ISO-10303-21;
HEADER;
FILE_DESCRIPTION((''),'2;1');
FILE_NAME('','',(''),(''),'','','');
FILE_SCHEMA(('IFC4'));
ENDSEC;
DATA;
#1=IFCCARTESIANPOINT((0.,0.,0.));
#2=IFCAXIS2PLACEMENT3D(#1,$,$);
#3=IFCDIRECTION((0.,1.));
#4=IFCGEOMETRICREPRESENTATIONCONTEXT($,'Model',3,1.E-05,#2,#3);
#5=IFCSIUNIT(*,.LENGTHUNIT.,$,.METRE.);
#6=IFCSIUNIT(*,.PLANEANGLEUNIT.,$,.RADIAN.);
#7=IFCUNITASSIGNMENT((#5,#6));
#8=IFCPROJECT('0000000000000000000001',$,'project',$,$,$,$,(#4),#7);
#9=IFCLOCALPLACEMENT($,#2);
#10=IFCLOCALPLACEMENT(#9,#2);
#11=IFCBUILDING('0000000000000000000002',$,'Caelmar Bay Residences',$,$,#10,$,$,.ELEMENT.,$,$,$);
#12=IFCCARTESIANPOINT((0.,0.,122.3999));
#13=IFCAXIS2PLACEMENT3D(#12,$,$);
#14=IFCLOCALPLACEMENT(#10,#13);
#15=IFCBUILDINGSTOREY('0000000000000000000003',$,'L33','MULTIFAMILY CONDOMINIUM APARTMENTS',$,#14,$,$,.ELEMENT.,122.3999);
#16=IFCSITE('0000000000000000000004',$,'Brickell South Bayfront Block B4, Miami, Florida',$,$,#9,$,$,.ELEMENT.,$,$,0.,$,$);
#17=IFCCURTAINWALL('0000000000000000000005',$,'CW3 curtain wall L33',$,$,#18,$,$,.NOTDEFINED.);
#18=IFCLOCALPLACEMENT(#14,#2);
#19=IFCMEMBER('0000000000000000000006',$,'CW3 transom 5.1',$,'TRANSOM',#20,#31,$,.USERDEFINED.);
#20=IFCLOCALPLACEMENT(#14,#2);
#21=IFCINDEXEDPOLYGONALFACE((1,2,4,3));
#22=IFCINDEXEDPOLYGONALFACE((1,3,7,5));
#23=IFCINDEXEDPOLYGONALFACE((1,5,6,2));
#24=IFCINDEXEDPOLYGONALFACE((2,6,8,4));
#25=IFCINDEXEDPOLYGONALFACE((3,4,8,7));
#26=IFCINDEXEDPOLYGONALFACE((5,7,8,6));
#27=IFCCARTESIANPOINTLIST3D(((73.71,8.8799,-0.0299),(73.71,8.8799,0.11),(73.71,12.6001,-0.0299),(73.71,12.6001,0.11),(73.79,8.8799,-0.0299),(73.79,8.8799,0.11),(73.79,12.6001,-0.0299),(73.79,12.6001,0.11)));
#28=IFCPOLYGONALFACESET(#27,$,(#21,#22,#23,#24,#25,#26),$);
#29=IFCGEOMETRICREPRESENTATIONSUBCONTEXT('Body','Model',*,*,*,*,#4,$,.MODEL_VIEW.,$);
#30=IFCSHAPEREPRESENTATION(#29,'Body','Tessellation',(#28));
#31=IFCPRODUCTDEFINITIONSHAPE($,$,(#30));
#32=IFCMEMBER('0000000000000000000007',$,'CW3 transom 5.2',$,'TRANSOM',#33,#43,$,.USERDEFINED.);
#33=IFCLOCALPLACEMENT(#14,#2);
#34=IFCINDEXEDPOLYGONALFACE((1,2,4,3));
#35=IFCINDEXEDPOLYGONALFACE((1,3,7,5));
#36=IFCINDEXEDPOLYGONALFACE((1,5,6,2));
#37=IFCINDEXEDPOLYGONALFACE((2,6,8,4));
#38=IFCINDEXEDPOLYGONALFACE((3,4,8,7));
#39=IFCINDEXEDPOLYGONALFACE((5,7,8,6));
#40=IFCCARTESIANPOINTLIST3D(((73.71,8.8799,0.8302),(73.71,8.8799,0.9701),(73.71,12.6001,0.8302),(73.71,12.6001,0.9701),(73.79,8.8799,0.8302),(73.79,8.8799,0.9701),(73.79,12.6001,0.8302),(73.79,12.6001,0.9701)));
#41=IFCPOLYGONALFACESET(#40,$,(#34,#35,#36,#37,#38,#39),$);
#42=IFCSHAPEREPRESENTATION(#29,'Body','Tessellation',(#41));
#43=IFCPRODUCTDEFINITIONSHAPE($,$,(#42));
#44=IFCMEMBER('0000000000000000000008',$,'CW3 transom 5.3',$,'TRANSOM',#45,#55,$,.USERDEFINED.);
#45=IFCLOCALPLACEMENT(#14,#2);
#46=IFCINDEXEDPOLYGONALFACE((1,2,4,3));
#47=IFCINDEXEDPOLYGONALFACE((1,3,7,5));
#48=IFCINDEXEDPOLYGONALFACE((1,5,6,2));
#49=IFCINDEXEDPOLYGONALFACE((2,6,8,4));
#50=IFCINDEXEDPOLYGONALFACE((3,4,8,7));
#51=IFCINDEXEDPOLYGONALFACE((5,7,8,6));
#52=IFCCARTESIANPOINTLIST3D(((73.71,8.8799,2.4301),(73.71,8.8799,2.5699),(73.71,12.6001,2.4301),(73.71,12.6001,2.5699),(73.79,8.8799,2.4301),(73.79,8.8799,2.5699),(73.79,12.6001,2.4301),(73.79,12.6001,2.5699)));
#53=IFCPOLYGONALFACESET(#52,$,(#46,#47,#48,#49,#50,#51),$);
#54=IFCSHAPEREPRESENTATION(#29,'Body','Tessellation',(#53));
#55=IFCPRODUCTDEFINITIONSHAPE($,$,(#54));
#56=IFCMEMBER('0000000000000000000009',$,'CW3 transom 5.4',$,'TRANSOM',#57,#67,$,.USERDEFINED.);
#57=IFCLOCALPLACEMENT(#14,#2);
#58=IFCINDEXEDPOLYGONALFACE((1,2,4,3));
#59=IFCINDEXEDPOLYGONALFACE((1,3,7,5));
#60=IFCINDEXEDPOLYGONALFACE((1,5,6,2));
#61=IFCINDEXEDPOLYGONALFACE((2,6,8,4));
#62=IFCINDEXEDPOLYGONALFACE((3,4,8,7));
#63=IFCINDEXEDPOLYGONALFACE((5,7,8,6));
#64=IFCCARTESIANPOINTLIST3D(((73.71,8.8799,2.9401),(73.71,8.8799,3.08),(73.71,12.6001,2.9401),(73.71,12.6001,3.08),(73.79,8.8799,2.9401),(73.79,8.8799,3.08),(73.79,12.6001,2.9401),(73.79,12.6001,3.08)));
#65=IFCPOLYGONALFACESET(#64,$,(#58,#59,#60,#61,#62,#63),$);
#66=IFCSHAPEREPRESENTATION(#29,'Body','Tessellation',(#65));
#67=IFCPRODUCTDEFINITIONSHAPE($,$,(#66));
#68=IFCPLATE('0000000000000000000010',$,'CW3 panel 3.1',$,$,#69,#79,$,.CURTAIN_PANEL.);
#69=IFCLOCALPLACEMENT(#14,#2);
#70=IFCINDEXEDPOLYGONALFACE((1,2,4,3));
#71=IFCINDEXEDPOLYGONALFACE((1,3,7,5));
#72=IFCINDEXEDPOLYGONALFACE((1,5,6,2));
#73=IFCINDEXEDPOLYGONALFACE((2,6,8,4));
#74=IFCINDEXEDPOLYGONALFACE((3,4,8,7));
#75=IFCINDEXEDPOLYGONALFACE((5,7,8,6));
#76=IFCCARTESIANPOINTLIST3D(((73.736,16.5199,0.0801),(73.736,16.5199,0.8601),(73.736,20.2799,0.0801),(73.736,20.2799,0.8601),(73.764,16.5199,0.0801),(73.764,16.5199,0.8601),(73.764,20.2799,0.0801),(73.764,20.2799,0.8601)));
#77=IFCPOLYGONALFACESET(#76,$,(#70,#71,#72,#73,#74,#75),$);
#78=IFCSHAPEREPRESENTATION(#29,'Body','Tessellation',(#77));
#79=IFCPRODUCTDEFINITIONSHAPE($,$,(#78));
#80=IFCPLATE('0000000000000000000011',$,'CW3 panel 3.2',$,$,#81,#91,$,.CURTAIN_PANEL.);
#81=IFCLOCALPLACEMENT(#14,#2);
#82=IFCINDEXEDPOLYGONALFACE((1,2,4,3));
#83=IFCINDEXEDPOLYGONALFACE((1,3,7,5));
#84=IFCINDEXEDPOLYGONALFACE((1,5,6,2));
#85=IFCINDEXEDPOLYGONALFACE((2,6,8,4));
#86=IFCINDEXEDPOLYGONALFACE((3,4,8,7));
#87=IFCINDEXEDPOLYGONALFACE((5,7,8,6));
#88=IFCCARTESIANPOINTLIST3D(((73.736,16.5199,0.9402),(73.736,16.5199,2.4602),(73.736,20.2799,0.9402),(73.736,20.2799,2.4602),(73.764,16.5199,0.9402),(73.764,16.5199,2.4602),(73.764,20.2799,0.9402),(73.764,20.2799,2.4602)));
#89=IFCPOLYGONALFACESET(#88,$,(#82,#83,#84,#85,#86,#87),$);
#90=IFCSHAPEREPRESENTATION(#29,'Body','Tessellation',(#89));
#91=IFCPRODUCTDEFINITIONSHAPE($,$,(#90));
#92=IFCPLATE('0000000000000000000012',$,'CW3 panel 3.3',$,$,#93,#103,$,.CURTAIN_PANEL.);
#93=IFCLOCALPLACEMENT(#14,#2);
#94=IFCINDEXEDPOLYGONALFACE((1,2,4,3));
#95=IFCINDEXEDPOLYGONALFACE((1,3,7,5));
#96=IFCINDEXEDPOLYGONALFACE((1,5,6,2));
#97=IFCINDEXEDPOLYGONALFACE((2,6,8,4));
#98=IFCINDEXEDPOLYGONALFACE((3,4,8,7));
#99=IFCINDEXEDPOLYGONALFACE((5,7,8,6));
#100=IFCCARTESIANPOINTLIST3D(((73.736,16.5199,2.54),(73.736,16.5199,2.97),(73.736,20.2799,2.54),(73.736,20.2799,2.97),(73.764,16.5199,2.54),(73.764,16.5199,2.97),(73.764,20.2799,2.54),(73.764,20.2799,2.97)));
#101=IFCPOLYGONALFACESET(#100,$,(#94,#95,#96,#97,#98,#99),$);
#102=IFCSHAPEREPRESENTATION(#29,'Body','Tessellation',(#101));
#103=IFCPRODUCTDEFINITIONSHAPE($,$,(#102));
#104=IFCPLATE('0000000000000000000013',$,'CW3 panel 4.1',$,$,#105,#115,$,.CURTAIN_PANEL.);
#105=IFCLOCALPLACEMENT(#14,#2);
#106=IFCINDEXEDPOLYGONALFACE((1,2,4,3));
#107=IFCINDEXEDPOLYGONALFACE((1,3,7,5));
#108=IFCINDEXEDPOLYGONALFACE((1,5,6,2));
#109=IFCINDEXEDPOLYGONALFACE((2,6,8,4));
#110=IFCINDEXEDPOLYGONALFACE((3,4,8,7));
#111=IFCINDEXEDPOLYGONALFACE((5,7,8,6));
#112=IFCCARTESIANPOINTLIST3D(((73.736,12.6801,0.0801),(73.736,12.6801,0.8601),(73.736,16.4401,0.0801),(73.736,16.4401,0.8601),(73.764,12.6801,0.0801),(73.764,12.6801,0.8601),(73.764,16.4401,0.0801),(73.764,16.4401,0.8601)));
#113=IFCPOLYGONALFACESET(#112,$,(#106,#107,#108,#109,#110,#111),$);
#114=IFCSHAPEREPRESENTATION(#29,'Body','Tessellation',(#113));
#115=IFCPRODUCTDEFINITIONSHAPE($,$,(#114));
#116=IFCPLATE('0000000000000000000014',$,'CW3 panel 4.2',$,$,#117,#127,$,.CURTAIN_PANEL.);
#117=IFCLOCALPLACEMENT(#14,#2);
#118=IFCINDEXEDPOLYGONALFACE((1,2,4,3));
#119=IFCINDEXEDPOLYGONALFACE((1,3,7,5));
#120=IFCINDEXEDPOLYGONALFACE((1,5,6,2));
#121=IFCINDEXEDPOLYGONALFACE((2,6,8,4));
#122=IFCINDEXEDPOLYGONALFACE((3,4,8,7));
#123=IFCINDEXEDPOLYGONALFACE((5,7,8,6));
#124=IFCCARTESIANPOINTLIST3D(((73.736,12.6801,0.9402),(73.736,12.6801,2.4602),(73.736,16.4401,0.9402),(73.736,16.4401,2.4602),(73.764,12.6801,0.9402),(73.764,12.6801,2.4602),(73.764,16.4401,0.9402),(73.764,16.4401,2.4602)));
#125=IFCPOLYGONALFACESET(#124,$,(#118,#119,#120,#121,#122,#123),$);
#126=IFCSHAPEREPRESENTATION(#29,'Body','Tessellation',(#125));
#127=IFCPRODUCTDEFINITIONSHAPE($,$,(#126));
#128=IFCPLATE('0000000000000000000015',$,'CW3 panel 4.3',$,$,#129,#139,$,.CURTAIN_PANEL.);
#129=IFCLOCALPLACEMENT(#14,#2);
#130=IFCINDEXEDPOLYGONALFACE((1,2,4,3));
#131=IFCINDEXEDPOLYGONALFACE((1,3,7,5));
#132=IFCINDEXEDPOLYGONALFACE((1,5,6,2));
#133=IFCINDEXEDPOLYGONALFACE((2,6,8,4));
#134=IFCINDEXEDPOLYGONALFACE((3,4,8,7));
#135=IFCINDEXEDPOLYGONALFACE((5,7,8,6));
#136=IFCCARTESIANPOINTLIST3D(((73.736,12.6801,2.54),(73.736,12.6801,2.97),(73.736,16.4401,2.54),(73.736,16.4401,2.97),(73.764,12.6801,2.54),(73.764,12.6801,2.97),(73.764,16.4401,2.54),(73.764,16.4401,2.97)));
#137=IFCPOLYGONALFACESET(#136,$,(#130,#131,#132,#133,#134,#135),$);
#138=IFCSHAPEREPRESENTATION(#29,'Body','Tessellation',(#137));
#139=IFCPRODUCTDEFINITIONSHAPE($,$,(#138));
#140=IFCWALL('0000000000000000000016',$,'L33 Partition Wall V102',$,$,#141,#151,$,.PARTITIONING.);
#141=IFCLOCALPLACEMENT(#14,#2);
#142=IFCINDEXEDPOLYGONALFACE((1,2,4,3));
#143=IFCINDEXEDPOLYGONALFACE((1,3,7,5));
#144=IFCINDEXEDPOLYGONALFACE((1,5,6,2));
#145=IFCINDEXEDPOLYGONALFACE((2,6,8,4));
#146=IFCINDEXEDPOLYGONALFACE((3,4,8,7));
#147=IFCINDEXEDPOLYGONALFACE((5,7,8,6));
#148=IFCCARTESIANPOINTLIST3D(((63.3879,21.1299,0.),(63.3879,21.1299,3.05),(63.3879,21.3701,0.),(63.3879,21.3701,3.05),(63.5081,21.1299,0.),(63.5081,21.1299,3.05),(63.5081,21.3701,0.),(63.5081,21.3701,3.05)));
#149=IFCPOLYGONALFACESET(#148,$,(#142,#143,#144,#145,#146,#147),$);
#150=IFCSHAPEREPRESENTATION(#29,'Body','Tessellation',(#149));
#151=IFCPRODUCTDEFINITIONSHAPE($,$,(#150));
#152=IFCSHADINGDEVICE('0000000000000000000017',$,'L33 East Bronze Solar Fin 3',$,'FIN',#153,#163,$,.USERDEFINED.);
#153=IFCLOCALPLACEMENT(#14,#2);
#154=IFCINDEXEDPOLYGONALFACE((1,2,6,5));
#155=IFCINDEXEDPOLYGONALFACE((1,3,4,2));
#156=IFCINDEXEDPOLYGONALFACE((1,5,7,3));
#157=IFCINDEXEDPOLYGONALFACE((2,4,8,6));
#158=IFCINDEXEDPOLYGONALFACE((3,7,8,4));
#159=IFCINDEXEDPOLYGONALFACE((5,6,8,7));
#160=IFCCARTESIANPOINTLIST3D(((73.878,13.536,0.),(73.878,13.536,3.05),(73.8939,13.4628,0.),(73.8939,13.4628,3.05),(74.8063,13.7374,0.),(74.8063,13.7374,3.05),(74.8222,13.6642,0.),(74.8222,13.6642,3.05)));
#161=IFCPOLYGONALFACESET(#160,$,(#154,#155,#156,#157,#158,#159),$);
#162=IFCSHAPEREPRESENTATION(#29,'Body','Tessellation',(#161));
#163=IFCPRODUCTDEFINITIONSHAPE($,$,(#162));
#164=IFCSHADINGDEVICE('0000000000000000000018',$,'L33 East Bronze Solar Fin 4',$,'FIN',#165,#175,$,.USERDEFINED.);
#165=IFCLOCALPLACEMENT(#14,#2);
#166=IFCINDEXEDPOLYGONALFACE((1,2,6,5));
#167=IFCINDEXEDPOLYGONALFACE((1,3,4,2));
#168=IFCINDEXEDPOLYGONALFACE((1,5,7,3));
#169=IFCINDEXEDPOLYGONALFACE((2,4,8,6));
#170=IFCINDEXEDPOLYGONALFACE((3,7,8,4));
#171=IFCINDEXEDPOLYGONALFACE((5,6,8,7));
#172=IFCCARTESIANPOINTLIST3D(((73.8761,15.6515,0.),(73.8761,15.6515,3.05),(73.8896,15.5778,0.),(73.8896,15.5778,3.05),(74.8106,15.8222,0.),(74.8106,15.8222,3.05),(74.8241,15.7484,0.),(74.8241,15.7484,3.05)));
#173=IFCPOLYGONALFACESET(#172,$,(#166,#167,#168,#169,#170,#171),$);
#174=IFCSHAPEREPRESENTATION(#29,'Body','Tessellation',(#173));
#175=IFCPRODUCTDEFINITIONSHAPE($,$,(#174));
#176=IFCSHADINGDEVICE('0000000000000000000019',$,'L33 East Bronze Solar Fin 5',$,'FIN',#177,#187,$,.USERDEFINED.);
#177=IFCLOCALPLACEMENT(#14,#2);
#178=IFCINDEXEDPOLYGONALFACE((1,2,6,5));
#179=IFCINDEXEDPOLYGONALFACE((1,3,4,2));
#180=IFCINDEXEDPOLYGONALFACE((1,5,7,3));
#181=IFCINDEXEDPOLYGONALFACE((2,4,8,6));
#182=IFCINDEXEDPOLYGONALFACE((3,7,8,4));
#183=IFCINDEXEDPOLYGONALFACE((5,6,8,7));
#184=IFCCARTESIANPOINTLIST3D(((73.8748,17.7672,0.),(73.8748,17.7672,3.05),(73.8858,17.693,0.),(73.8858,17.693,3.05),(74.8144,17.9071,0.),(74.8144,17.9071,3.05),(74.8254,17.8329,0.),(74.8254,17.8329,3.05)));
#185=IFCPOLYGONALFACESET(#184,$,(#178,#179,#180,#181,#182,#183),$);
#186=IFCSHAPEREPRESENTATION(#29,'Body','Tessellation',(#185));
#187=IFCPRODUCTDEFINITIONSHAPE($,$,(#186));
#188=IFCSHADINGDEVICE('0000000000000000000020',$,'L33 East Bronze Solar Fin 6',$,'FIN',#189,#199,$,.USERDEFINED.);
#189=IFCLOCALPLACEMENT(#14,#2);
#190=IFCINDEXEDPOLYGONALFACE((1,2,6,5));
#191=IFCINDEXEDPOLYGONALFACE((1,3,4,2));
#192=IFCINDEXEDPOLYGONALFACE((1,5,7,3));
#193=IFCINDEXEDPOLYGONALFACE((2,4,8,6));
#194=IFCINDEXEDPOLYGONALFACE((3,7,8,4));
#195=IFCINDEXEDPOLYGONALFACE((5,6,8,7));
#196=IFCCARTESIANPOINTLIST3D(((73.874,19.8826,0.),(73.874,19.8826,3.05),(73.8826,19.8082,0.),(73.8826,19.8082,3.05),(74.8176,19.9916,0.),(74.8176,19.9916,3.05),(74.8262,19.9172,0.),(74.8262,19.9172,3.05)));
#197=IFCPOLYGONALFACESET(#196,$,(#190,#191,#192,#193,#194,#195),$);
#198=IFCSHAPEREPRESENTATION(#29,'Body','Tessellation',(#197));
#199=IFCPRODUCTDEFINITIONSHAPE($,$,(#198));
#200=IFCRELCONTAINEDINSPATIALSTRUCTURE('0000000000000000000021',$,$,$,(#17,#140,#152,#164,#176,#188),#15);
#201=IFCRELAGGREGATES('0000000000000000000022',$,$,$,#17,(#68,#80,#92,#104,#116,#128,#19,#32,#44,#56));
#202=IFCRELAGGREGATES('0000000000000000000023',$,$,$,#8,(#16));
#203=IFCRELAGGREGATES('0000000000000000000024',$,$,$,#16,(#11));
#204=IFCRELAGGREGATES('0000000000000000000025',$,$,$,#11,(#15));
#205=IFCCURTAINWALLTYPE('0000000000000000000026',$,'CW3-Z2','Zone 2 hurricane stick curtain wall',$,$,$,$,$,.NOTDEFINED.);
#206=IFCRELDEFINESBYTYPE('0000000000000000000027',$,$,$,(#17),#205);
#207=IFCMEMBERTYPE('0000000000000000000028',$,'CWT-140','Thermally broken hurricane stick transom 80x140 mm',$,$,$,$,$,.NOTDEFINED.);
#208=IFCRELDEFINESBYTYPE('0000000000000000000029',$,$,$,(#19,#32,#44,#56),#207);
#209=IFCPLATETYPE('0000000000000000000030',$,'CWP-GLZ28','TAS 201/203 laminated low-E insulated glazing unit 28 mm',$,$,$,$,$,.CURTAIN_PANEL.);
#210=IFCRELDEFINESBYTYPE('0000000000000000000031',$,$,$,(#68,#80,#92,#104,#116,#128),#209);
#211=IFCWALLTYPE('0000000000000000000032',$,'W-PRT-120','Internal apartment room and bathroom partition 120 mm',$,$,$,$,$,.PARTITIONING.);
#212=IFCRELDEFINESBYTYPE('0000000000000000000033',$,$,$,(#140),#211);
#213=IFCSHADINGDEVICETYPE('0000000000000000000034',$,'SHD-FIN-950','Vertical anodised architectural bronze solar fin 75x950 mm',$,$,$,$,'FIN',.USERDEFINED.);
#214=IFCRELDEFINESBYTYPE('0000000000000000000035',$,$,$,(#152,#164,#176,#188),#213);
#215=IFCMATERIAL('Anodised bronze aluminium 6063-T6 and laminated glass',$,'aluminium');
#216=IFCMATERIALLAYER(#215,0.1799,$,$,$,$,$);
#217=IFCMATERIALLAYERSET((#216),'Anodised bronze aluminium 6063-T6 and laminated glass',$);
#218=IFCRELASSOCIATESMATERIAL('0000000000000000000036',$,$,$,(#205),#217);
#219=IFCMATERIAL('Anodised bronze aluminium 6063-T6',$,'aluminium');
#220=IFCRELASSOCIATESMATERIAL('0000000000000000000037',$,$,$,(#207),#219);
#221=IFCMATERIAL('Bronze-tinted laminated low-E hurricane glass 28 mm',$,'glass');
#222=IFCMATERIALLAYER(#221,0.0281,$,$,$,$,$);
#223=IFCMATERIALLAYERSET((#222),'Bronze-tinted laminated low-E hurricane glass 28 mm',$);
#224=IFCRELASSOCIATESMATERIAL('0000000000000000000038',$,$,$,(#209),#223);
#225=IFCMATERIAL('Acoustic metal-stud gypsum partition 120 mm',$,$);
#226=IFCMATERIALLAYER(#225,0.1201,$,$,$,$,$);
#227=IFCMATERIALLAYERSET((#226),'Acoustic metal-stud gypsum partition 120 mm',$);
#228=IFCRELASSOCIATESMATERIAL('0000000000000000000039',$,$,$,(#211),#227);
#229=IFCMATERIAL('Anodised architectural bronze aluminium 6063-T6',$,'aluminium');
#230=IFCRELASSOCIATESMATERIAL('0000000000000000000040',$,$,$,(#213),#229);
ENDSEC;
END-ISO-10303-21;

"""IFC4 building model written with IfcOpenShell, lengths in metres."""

from ifc_helpers import new_model, si_unit, direction, frame, frame_2d, origin, origin_2d, place, context, subcontext, project, spatial, rectangle, extrude, material, layer, layer_set, material_profile, profile_set, type_object, element, aggregate, save


model = new_model("IFC4")

# Units and contexts
model_context = context("Model", 3, precision=1e-05, world=origin(), true_north=direction((0.0, 1.0)))
body_context = subcontext(model_context, "Body", "Model", "MODEL_VIEW")
ifc_project = project(units=[si_unit("LENGTHUNIT", "METRE"), si_unit("PLANEANGLEUNIT", "RADIAN")], contexts=[model_context])

# Site, building, storey
site_placement = place(None, origin())
site = spatial("IfcSite", under=ifc_project, at=site_placement, Name="Brickell South Bayfront Block B4, Miami, Florida", CompositionType="ELEMENT", RefElevation=0.0)
building_placement = place(site_placement, origin())
building = spatial("IfcBuilding", under=site, at=building_placement, Name="Caelmar Bay Residences", CompositionType="ELEMENT")
storey_placement = place(building_placement, frame((0.0, 0.0, 122.3999)))
storey = spatial("IfcBuildingStorey", under=building, at=storey_placement, Name="L33", Description="MULTIFAMILY CONDOMINIUM APARTMENTS", CompositionType="ELEMENT", Elevation=122.3999)

# Curtain wall, members, plates
ifc_material_1 = material(Name="Anodised bronze aluminium 6063-T6 and laminated glass", Category="aluminium")
ifc_layer_1 = layer(ifc_material_1, 0.1799)
ifc_layer_set_1 = layer_set([ifc_layer_1], Name="Anodised bronze aluminium 6063-T6 and laminated glass")
curtain_wall_type = type_object("IfcCurtainWallType", Name="CW3-Z2", Description="Zone 2 hurricane stick curtain wall", PredefinedType="NOTDEFINED", material=ifc_layer_set_1)
curtain_wall_placement = place(storey_placement, origin())
curtain_wall = element("IfcCurtainWall", 1, at=curtain_wall_placement, inside=storey, type_object=curtain_wall_type, Name="CW3 curtain wall L33", PredefinedType="NOTDEFINED")
ifc_material_2 = material(Name="Anodised bronze aluminium 6063-T6", Category="aluminium")
ifc_material_profile_1 = material_profile(ifc_material_2, rectangle(XDim=0.0801, YDim=0.1399, at=origin_2d()), Name="CWT-80X140")
ifc_profile_set_1 = profile_set([ifc_material_profile_1], Name="Anodised bronze aluminium 6063-T6")
member_type_1 = type_object("IfcMemberType", Name="CWT-140", Description="Thermally broken hurricane stick transom 80x140 mm", PredefinedType="NOTDEFINED", material=ifc_profile_set_1)
member_1_placement = place(storey_placement, frame((73.75, 12.6001, 0.04), z_axis=(0.0, -1.0, 0.0), x_axis=(1.0, 0.0, 0.0)))
member_1 = element("IfcMember", 2, at=member_1_placement, type_object=member_type_1, Name="CW3 transom 5.1", ObjectType="TRANSOM", PredefinedType="USERDEFINED", context=body_context, shape_type="SweptSolid", body=[
    extrude(rectangle(XDim=0.0801, YDim=0.1399, at=origin_2d()), origin(), (0.0, 0.0, 1.0), 3.7202),
])
member_2_placement = place(storey_placement, frame((73.75, 12.6001, 0.9001), z_axis=(0.0, -1.0, 0.0), x_axis=(1.0, 0.0, 0.0)))
member_2 = element("IfcMember", 3, at=member_2_placement, type_object=member_type_1, Name="CW3 transom 5.2", ObjectType="TRANSOM", PredefinedType="USERDEFINED", context=body_context, shape_type="SweptSolid", body=[
    extrude(rectangle(XDim=0.0801, YDim=0.1399, at=origin_2d()), origin(), (0.0, 0.0, 1.0), 3.7202),
])
member_3_placement = place(storey_placement, frame((73.75, 12.6001, 2.5), z_axis=(0.0, -1.0, 0.0), x_axis=(1.0, 0.0, 0.0)))
member_3 = element("IfcMember", 4, at=member_3_placement, type_object=member_type_1, Name="CW3 transom 5.3", ObjectType="TRANSOM", PredefinedType="USERDEFINED", context=body_context, shape_type="SweptSolid", body=[
    extrude(rectangle(XDim=0.0801, YDim=0.1399, at=origin_2d()), origin(), (0.0, 0.0, 1.0), 3.7202),
])
member_4_placement = place(storey_placement, frame((73.75, 12.6001, 3.01), z_axis=(0.0, -1.0, 0.0), x_axis=(1.0, 0.0, 0.0)))
member_4 = element("IfcMember", 5, at=member_4_placement, type_object=member_type_1, Name="CW3 transom 5.4", ObjectType="TRANSOM", PredefinedType="USERDEFINED", context=body_context, shape_type="SweptSolid", body=[
    extrude(rectangle(XDim=0.0801, YDim=0.1399, at=origin_2d()), origin(), (0.0, 0.0, 1.0), 3.7202),
])
ifc_material_3 = material(Name="Bronze-tinted laminated low-E hurricane glass 28 mm", Category="glass")
ifc_layer_2 = layer(ifc_material_3, 0.0281)
ifc_layer_set_2 = layer_set([ifc_layer_2], Name="Bronze-tinted laminated low-E hurricane glass 28 mm")
plate_type = type_object("IfcPlateType", Name="CWP-GLZ28", Description="TAS 201/203 laminated low-E insulated glazing unit 28 mm", PredefinedType="CURTAIN_PANEL", material=ifc_layer_set_2)
plate_1_placement = place(storey_placement, frame((73.75, 18.3999, 0.0801), z_axis=(0.0, 0.0, 1.0), x_axis=(0.0, -1.0, 0.0)))
plate_1 = element("IfcPlate", 6, at=plate_1_placement, type_object=plate_type, Name="CW3 panel 3.1", PredefinedType="CURTAIN_PANEL", context=body_context, shape_type="SweptSolid", body=[
    extrude(rectangle(XDim=3.76, YDim=0.0281, at=origin_2d()), origin(), (0.0, 0.0, 1.0), 0.78),
])
plate_2_placement = place(storey_placement, frame((73.75, 18.3999, 0.9402), z_axis=(0.0, 0.0, 1.0), x_axis=(0.0, -1.0, 0.0)))
plate_2 = element("IfcPlate", 7, at=plate_2_placement, type_object=plate_type, Name="CW3 panel 3.2", PredefinedType="CURTAIN_PANEL", context=body_context, shape_type="SweptSolid", body=[
    extrude(rectangle(XDim=3.76, YDim=0.0281, at=origin_2d()), origin(), (0.0, 0.0, 1.0), 1.52),
])
plate_3_placement = place(storey_placement, frame((73.75, 18.3999, 2.54), z_axis=(0.0, 0.0, 1.0), x_axis=(0.0, -1.0, 0.0)))
plate_3 = element("IfcPlate", 8, at=plate_3_placement, type_object=plate_type, Name="CW3 panel 3.3", PredefinedType="CURTAIN_PANEL", context=body_context, shape_type="SweptSolid", body=[
    extrude(rectangle(XDim=3.76, YDim=0.0281, at=origin_2d()), origin(), (0.0, 0.0, 1.0), 0.4299),
])
plate_4_placement = place(storey_placement, frame((73.75, 14.5601, 0.0801), z_axis=(0.0, 0.0, 1.0), x_axis=(0.0, -1.0, 0.0)))
plate_4 = element("IfcPlate", 9, at=plate_4_placement, type_object=plate_type, Name="CW3 panel 4.1", PredefinedType="CURTAIN_PANEL", context=body_context, shape_type="SweptSolid", body=[
    extrude(rectangle(XDim=3.76, YDim=0.0281, at=origin_2d()), origin(), (0.0, 0.0, 1.0), 0.78),
])
plate_5_placement = place(storey_placement, frame((73.75, 14.5601, 0.9402), z_axis=(0.0, 0.0, 1.0), x_axis=(0.0, -1.0, 0.0)))
plate_5 = element("IfcPlate", 10, at=plate_5_placement, type_object=plate_type, Name="CW3 panel 4.2", PredefinedType="CURTAIN_PANEL", context=body_context, shape_type="SweptSolid", body=[
    extrude(rectangle(XDim=3.76, YDim=0.0281, at=origin_2d()), origin(), (0.0, 0.0, 1.0), 1.52),
])
plate_6_placement = place(storey_placement, frame((73.75, 14.5601, 2.54), z_axis=(0.0, 0.0, 1.0), x_axis=(0.0, -1.0, 0.0)))
plate_6 = element("IfcPlate", 11, at=plate_6_placement, type_object=plate_type, Name="CW3 panel 4.3", PredefinedType="CURTAIN_PANEL", context=body_context, shape_type="SweptSolid", body=[
    extrude(rectangle(XDim=3.76, YDim=0.0281, at=origin_2d()), origin(), (0.0, 0.0, 1.0), 0.4299),
])
aggregate(curtain_wall, [plate_1, plate_2, plate_3, plate_4, plate_5, plate_6, member_1, member_2, member_3, member_4])

# Wall
ifc_material_4 = material(Name="Acoustic metal-stud gypsum partition 120 mm")
ifc_layer_3 = layer(ifc_material_4, 0.1201)
ifc_layer_set_3 = layer_set([ifc_layer_3], Name="Acoustic metal-stud gypsum partition 120 mm")
wall_type = type_object("IfcWallType", Name="W-PRT-120", Description="Internal apartment room and bathroom partition 120 mm", PredefinedType="PARTITIONING", material=ifc_layer_set_3)
wall_placement = place(storey_placement, frame((63.448, 21.1299, 0.0), z_axis=(0.0, 0.0, 1.0), x_axis=(0.0, 1.0, 0.0)))
element("IfcWall", 12, at=wall_placement, inside=storey, type_object=wall_type, Name="L33 Partition Wall V102", PredefinedType="PARTITIONING", context=body_context, shape_type="SweptSolid", body=[
    extrude(rectangle(XDim=0.2402, YDim=0.1201, at=frame_2d((0.1201, 0.0))), origin(), (0.0, 0.0, 1.0), 3.05),
])

# Shading devices
ifc_material_5 = material(Name="Anodised architectural bronze aluminium 6063-T6", Category="aluminium")
ifc_material_profile_2 = material_profile(ifc_material_5, rectangle(XDim=0.075, YDim=0.95, at=origin_2d()), Name="BRONZE-FIN-75X950")
ifc_profile_set_2 = profile_set([ifc_material_profile_2], Name="Anodised architectural bronze aluminium 6063-T6")
shading_device_type = type_object("IfcShadingDeviceType", Name="SHD-FIN-950", Description="Vertical anodised architectural bronze solar fin 75x950 mm", ElementType="FIN", PredefinedType="USERDEFINED", material=ifc_profile_set_2)
for number, where, z_axis, x_axis, name in (
    (13, (74.3501, 13.6001, 0.0), (0.0, 0.0, 1.0), (-0.212007, 0.977268, 0.0), "L33 East Bronze Solar Fin 3"),
    (14, (74.3501, 15.7, 0.0), (0.0, 0.0, 1.0), (-0.179661, 0.983729, 0.0), "L33 East Bronze Solar Fin 4"),
    (15, (74.3501, 17.8, 0.0), (0.0, 0.0, 1.0), (-0.147292, 0.989093, 0.0), "L33 East Bronze Solar Fin 5"),
    (16, (74.3501, 19.8999, 0.0), (0.0, 0.0, 1.0), (-0.114764, 0.993393, 0.0), "L33 East Bronze Solar Fin 6"),
):
    element("IfcShadingDevice", number, at=place(storey_placement, frame(where, z_axis=z_axis, x_axis=x_axis)), inside=storey, type_object=shading_device_type, Name=name, ObjectType="FIN", PredefinedType="USERDEFINED", context=body_context, shape_type="SweptSolid", body=[
        extrude(rectangle(XDim=0.075, YDim=0.95, at=origin_2d()), origin(), (0.0, 0.0, 1.0), 3.05),
    ])

save(model, "model.ifc")
